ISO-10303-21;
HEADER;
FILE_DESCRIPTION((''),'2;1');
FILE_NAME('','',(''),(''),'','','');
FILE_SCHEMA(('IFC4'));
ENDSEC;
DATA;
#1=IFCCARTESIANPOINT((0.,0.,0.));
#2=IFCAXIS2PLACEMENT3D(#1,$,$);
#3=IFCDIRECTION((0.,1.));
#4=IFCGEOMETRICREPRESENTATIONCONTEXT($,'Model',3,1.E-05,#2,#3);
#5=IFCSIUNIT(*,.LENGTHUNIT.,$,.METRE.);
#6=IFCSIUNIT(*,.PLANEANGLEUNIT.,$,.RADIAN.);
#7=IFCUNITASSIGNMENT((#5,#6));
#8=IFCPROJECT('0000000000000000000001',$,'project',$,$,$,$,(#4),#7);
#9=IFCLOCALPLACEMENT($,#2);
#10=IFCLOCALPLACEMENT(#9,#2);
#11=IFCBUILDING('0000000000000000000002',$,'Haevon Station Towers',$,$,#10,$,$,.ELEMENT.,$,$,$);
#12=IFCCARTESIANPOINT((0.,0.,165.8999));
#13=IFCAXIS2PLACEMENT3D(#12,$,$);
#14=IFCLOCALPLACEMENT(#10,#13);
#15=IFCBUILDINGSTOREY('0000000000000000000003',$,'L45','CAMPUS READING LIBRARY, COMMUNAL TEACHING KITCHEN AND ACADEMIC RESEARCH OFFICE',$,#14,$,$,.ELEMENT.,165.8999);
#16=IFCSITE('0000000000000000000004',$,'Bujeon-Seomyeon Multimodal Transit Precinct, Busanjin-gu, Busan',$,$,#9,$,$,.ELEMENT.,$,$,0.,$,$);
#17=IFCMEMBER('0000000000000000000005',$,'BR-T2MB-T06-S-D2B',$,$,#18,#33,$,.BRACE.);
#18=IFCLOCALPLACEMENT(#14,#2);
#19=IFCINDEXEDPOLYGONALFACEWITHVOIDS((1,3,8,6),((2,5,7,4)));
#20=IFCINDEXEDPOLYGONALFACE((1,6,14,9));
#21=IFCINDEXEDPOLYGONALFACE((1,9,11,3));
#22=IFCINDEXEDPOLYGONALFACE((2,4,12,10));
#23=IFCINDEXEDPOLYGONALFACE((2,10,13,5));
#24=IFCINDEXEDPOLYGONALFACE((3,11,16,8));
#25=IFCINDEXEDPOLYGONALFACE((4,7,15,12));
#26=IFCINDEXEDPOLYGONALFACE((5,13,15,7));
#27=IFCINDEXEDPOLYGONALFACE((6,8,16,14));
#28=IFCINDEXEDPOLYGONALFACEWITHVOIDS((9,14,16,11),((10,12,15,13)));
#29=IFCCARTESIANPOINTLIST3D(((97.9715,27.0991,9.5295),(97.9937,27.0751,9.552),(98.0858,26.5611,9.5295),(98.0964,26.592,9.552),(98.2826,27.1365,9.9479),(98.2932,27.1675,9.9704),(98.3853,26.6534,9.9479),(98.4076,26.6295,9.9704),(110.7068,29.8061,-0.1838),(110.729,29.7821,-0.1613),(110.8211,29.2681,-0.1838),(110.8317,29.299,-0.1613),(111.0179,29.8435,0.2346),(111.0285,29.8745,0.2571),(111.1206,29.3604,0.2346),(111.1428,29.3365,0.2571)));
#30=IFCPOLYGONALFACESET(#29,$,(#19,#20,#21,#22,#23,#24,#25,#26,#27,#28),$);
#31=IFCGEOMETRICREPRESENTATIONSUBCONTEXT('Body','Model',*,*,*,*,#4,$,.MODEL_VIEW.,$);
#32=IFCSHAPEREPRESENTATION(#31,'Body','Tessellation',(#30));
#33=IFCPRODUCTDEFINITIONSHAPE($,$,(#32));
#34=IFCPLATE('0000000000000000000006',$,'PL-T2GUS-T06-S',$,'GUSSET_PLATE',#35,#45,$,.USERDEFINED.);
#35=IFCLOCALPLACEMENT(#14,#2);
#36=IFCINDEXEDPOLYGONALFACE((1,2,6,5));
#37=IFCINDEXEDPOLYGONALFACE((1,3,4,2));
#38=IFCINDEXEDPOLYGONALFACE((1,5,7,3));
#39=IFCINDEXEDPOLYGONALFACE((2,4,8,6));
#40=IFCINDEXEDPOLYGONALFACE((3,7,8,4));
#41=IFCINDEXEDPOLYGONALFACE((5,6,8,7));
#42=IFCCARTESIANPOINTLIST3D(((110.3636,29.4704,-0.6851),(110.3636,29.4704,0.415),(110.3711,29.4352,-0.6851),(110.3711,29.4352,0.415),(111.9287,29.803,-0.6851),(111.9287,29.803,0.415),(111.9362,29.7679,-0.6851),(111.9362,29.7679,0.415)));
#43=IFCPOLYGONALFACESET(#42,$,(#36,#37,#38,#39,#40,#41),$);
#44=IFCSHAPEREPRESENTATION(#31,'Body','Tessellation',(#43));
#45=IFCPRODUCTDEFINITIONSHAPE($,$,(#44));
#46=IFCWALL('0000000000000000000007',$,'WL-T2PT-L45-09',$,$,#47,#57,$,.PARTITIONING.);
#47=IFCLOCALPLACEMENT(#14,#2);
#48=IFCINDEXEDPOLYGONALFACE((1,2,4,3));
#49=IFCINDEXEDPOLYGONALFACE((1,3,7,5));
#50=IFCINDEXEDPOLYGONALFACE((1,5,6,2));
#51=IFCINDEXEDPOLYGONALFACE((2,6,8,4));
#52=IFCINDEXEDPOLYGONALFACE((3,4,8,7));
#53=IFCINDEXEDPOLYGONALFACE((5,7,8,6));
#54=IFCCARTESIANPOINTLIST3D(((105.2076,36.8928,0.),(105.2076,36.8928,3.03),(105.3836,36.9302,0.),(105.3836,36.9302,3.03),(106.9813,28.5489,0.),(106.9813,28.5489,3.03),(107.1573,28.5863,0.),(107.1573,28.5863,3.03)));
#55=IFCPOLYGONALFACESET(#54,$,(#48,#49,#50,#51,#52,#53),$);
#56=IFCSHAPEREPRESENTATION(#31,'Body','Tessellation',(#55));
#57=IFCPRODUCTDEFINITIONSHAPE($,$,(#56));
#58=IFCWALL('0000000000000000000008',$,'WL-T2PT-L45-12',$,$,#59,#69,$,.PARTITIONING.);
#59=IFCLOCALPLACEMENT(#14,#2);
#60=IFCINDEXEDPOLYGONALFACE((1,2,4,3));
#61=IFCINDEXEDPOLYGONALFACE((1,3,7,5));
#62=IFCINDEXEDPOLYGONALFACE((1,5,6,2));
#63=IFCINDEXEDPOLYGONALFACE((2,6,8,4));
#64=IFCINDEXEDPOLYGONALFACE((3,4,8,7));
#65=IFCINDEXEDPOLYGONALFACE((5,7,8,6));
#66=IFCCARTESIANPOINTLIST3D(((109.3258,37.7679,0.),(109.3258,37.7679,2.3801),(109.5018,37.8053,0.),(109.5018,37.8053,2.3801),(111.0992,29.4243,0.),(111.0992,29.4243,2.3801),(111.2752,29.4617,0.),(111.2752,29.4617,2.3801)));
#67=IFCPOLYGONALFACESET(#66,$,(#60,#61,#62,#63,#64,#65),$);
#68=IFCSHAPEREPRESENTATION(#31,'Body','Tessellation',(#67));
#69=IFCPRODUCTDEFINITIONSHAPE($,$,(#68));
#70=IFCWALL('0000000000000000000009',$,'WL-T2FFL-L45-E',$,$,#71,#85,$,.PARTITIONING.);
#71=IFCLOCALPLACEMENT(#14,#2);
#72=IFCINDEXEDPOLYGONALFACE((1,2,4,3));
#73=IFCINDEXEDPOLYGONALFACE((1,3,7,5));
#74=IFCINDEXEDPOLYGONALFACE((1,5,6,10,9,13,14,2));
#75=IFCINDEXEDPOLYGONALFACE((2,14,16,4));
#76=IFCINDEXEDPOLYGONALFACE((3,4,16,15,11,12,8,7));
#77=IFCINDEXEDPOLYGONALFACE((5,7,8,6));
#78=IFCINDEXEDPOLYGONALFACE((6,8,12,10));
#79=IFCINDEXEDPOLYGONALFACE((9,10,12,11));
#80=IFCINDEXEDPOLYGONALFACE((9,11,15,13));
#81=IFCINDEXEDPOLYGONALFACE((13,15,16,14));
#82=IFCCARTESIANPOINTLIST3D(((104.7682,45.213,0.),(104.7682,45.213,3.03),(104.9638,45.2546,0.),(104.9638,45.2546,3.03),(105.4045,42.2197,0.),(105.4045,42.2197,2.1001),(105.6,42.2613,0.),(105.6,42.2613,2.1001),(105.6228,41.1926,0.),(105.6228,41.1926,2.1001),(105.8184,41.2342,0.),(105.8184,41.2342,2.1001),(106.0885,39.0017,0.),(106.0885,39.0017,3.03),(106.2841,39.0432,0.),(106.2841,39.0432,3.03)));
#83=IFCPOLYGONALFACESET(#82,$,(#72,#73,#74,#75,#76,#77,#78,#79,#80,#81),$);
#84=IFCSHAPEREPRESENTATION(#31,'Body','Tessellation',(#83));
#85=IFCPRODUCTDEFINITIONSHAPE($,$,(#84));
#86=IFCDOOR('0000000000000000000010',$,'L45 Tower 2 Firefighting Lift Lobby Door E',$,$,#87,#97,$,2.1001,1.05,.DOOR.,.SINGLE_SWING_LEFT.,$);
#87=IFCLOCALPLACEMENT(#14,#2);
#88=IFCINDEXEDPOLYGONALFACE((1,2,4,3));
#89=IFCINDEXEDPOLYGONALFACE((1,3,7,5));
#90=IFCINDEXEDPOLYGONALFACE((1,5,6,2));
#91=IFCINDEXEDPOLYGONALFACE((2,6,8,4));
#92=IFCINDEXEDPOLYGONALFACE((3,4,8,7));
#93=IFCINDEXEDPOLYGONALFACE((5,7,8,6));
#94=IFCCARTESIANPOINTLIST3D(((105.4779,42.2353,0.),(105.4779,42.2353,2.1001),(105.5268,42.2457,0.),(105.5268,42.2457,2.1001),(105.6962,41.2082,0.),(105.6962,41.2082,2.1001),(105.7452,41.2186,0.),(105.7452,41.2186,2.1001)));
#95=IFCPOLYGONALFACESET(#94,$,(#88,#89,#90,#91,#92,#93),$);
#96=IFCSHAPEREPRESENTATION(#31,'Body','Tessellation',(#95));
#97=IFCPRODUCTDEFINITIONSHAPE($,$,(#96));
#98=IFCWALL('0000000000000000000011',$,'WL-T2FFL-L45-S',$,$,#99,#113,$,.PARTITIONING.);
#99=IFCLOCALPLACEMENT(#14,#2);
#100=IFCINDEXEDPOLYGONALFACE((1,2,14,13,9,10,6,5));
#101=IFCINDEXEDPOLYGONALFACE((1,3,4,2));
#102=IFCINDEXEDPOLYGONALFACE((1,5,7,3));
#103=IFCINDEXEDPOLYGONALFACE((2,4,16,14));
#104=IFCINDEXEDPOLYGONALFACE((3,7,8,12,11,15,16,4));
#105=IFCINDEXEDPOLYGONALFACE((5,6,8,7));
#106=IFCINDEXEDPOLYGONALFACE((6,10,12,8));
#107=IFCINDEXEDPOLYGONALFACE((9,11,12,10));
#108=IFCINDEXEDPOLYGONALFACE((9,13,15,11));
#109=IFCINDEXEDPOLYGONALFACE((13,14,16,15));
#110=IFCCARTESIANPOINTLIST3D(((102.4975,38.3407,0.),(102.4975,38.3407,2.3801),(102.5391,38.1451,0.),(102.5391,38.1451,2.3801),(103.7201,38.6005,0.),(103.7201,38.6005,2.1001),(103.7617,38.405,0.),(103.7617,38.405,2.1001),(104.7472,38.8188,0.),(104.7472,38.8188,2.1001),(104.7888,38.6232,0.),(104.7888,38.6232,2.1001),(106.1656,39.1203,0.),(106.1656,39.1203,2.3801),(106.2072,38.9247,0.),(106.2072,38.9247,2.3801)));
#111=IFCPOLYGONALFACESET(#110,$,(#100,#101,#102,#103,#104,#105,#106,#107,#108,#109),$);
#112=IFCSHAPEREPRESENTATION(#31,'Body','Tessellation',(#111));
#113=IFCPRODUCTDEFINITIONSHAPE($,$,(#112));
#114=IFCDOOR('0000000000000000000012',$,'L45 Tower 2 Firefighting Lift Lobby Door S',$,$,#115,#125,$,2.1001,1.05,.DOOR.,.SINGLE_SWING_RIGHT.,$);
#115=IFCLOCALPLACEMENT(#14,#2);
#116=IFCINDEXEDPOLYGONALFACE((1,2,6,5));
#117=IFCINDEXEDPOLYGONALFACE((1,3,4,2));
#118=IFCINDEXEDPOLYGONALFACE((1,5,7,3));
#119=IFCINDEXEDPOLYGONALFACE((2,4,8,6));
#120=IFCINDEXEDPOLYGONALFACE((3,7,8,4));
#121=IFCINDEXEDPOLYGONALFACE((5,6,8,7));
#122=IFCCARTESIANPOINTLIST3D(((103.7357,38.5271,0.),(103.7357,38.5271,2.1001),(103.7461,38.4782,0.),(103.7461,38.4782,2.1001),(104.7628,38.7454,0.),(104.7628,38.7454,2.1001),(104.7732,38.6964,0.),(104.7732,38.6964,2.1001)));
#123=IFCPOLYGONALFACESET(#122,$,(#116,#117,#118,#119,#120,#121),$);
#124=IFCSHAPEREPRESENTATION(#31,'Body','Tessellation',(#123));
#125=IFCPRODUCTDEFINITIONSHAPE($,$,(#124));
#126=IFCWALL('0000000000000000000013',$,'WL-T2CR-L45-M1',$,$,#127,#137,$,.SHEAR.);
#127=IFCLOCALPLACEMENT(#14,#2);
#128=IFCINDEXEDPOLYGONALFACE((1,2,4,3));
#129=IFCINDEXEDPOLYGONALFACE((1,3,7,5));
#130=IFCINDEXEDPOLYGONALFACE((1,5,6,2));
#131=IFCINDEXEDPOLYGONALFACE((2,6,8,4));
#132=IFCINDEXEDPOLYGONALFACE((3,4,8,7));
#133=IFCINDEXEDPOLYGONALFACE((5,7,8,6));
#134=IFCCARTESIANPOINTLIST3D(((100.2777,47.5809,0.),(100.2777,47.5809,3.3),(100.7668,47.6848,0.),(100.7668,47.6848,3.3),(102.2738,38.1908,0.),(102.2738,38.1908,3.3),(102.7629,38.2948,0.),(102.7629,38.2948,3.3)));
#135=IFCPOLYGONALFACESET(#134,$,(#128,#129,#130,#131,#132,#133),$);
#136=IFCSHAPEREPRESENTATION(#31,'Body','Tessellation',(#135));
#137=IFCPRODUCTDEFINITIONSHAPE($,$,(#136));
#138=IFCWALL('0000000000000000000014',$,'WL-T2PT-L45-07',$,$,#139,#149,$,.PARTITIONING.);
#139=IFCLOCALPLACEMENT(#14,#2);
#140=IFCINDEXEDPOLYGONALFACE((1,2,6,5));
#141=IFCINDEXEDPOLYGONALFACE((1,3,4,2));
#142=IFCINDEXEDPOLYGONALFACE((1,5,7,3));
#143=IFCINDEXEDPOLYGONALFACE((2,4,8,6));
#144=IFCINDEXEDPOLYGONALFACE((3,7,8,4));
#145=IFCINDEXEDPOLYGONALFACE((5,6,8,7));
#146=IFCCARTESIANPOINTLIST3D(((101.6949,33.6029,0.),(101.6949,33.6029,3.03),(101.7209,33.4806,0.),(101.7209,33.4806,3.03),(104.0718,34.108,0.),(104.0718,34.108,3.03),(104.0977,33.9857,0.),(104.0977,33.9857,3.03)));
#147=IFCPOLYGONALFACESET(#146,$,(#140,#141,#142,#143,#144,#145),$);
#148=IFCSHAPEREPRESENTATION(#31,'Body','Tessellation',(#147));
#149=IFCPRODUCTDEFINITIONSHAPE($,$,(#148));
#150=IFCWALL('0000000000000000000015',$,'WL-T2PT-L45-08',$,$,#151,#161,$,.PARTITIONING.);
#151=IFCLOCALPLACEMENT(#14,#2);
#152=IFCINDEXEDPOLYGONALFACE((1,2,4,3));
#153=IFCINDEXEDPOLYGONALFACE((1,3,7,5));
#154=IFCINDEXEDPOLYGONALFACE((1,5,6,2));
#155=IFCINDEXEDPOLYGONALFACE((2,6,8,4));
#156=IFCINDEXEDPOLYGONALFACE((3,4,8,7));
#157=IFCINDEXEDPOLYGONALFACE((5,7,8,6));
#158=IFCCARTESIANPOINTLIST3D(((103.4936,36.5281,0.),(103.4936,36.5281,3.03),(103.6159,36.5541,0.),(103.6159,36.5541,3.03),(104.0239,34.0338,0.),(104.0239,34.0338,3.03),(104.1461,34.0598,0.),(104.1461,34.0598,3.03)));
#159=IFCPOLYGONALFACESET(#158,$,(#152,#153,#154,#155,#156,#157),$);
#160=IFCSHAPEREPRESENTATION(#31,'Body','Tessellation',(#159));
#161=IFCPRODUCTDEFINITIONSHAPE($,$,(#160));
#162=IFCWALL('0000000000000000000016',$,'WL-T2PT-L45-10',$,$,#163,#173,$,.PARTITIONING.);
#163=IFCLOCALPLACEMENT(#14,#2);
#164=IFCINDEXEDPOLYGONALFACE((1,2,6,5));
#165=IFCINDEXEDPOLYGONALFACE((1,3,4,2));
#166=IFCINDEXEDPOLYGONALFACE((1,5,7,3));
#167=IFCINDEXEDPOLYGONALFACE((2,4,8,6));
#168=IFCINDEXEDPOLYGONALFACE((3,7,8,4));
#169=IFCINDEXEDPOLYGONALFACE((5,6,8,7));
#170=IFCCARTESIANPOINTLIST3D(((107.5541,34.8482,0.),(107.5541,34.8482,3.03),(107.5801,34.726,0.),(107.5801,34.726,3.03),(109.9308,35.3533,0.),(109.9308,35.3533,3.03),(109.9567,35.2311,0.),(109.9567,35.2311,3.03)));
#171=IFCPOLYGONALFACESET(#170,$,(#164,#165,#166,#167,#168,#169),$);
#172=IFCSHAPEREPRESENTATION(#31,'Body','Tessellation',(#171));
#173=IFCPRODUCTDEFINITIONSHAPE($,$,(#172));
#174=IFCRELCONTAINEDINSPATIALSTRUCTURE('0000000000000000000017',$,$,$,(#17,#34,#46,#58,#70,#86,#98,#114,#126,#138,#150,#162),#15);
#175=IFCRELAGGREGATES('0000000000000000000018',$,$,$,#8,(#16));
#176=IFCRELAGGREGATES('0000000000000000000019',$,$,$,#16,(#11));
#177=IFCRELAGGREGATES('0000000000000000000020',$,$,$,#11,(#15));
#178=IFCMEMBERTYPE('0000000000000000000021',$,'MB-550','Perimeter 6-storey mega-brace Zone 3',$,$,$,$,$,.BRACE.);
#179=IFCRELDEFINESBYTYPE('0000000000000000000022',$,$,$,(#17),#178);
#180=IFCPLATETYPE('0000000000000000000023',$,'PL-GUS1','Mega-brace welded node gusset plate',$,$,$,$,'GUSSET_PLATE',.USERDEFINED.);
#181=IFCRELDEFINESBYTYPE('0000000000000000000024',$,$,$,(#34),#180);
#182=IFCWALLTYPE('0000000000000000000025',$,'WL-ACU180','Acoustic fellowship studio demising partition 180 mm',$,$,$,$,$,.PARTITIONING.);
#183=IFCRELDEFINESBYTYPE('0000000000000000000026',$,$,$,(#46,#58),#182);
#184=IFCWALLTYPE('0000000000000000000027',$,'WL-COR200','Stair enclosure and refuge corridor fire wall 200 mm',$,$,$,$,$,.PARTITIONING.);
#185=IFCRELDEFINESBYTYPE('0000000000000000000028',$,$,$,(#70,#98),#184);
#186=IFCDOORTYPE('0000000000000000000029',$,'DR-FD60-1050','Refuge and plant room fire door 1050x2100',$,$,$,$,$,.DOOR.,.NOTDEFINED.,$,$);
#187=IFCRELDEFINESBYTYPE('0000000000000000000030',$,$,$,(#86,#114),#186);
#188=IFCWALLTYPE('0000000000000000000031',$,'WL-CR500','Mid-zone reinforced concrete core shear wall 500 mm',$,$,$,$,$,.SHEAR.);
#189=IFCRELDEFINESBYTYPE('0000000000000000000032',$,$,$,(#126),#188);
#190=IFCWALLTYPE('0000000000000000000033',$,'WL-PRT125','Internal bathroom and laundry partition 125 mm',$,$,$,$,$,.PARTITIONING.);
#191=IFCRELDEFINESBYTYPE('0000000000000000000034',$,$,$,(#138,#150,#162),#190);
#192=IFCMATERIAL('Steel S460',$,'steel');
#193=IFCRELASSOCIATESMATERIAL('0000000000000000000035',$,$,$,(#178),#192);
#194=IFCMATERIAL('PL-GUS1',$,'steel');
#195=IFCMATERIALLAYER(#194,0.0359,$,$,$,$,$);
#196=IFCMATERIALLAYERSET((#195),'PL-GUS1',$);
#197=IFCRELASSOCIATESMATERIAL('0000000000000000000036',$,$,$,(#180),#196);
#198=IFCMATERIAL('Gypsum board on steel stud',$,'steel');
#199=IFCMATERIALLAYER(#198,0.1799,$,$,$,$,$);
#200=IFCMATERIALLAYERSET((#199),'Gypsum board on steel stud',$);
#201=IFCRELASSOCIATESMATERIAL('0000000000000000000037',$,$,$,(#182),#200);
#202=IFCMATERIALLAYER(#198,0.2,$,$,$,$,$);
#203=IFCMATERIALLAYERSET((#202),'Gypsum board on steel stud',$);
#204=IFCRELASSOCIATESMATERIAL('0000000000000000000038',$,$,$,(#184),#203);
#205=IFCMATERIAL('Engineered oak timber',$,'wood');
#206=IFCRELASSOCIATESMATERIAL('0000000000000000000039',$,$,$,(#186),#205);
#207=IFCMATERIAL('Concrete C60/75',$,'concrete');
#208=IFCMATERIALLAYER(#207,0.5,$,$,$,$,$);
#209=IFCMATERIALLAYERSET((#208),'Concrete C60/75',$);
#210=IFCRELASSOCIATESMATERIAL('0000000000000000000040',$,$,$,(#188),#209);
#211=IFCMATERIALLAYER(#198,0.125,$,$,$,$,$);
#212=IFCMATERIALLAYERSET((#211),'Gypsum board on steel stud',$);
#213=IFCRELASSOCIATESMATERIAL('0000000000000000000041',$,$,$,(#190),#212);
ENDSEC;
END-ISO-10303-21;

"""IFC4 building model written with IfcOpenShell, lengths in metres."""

from ifc_helpers import new_model, si_unit, direction, frame, frame_2d, origin, origin_2d, place, context, subcontext, project, spatial, rectangle, hollow_rectangle, extrude, material, layer, layer_set, material_profile, profile_set, type_object, element, fill, save


model = new_model("IFC4")

# Units and contexts
model_context = context("Model", 3, precision=1e-05, world=origin(), true_north=direction((0.0, 1.0)))
body_context = subcontext(model_context, "Body", "Model", "MODEL_VIEW")
ifc_project = project(units=[si_unit("LENGTHUNIT", "METRE"), si_unit("PLANEANGLEUNIT", "RADIAN")], contexts=[model_context])

# Site, building, storey
site_placement = place(None, origin())
site = spatial("IfcSite", under=ifc_project, at=site_placement, Name="Bujeon-Seomyeon Multimodal Transit Precinct, Busanjin-gu, Busan", CompositionType="ELEMENT", RefElevation=0.0)
building_placement = place(site_placement, origin())
building = spatial("IfcBuilding", under=site, at=building_placement, Name="Haevon Station Towers", CompositionType="ELEMENT")
storey_placement = place(building_placement, frame((0.0, 0.0, 165.8999)))
storey = spatial("IfcBuildingStorey", under=building, at=storey_placement, Name="L45", Description="CAMPUS READING LIBRARY, COMMUNAL TEACHING KITCHEN AND ACADEMIC RESEARCH OFFICE", CompositionType="ELEMENT", Elevation=165.8999)

# Member
ifc_material_1 = material(Name="Steel S460", Category="steel")
ifc_material_profile_1 = material_profile(ifc_material_1, hollow_rectangle(XDim=0.55, YDim=0.55, WallThickness=0.0281, at=origin_2d()), Name="RHS-550x550x28")
ifc_profile_set_1 = profile_set([ifc_material_profile_1], Name="Steel S460")
member_type = type_object("IfcMemberType", Name="MB-550", Description="Perimeter 6-storey mega-brace Zone 3", PredefinedType="BRACE", material=ifc_profile_set_1)
member_placement = place(storey_placement, frame((110.9248, 29.5713, 0.0366), z_axis=(-0.784004, -0.166648, 0.597968), x_axis=(0.207915, -0.978147, 0.0)))
element("IfcMember", 1, at=member_placement, inside=storey, type_object=member_type, Name="BR-T2MB-T06-S-D2B", PredefinedType="BRACE", context=body_context, shape_type="SweptSolid", body=[
    extrude(hollow_rectangle(XDim=0.55, YDim=0.55, WallThickness=0.0281, at=origin_2d()), origin(), (0.0, 0.0, 1.0), 16.2439),
])

# Plate
ifc_material_2 = material(Name="PL-GUS1", Category="steel")
ifc_layer_1 = layer(ifc_material_2, 0.0359)
ifc_layer_set_1 = layer_set([ifc_layer_1], Name="PL-GUS1")
plate_type = type_object("IfcPlateType", Name="PL-GUS1", Description="Mega-brace welded node gusset plate", ElementType="GUSSET_PLATE", PredefinedType="USERDEFINED", material=ifc_layer_set_1)
plate_placement = place(storey_placement, frame((111.1499, 29.6191, -0.6851), z_axis=(0.0, 0.0, 1.0), x_axis=(0.978148, 0.207912, 0.0)))
element("IfcPlate", 2, at=plate_placement, inside=storey, type_object=plate_type, Name="PL-T2GUS-T06-S", ObjectType="GUSSET_PLATE", PredefinedType="USERDEFINED", context=body_context, shape_type="SweptSolid", body=[
    extrude(rectangle(XDim=1.6001, YDim=0.0359, at=origin_2d()), origin(), (0.0, 0.0, 1.0), 1.1001),
])

# Walls
ifc_material_3 = material(Name="Gypsum board on steel stud", Category="steel")
ifc_layer_2 = layer(ifc_material_3, 0.1799)
ifc_layer_set_2 = layer_set([ifc_layer_2], Name="Gypsum board on steel stud")
wall_type_1 = type_object("IfcWallType", Name="WL-ACU180", Description="Acoustic fellowship studio demising partition 180 mm", PredefinedType="PARTITIONING", material=ifc_layer_set_2)
wall_1_placement = place(storey_placement, frame((107.0693, 28.5676, 0.0), z_axis=(0.0, 0.0, 1.0), x_axis=(-0.20793, 0.978144, 0.0)))
element("IfcWall", 3, at=wall_1_placement, inside=storey, type_object=wall_type_1, Name="WL-T2PT-L45-09", PredefinedType="PARTITIONING", context=body_context, shape_type="SweptSolid", body=[
    extrude(rectangle(XDim=8.5303, YDim=0.1799, at=frame_2d((4.2651, 0.0))), origin(), (0.0, 0.0, 1.0), 3.03),
])
wall_2_placement = place(storey_placement, frame((111.1873, 29.4429, 0.0), z_axis=(0.0, 0.0, 1.0), x_axis=(-0.207903, 0.97815, 0.0)))
element("IfcWall", 4, at=wall_2_placement, inside=storey, type_object=wall_type_1, Name="WL-T2PT-L45-12", PredefinedType="PARTITIONING", context=body_context, shape_type="SweptSolid", body=[
    extrude(rectangle(XDim=8.53, YDim=0.1799, at=frame_2d((4.2651, 0.0))), origin(), (0.0, 0.0, 1.0), 2.3801),
])

# Walls, openings, doors
ifc_layer_3 = layer(ifc_material_3, 0.2)
ifc_layer_set_3 = layer_set([ifc_layer_3], Name="Gypsum board on steel stud")
wall_type_2 = type_object("IfcWallType", Name="WL-COR200", Description="Stair enclosure and refuge corridor fire wall 200 mm", PredefinedType="PARTITIONING", material=ifc_layer_set_3)
wall_3_placement = place(storey_placement, frame((106.1863, 39.0225, 0.0), z_axis=(0.0, 0.0, 1.0), x_axis=(-0.207917, 0.978147, 0.0)))
wall_3 = element("IfcWall", 5, at=wall_3_placement, inside=storey, type_object=wall_type_2, Name="WL-T2FFL-L45-E", PredefinedType="PARTITIONING", context=body_context, shape_type="SweptSolid", body=[
    extrude(rectangle(XDim=6.3501, YDim=0.2, at=frame_2d((3.175, 0.0))), origin(), (0.0, 0.0, 1.0), 3.03),
])
opening_1_placement = place(wall_3_placement, frame((2.24, 0.0, 0.0)))
opening_1 = element("IfcOpeningElement", 6, at=opening_1_placement, cuts=wall_3, PredefinedType="OPENING", context=body_context, shape_type="SweptSolid", body=[
    extrude(rectangle(XDim=1.05, YDim=2.1001, at=frame_2d((0.5249, 1.05))), frame((0.0, 0.1099, 0.0), z_axis=(0.0, -1.0, 0.0), x_axis=(1.0, 0.0, 0.0)), (0.0, 0.0, 1.0), 0.22),
])
ifc_material_4 = material(Name="Engineered oak timber", Category="wood")
door_type = type_object("IfcDoorType", Name="DR-FD60-1050", Description="Refuge and plant room fire door 1050x2100", OperationType="NOTDEFINED", PredefinedType="DOOR", material=ifc_material_4)
door_1_placement = place(opening_1_placement, origin())
door_1 = element("IfcDoor", 7, at=door_1_placement, inside=storey, type_object=door_type, Name="L45 Tower 2 Firefighting Lift Lobby Door E", OperationType="SINGLE_SWING_LEFT", OverallHeight=2.1001, OverallWidth=1.05, PredefinedType="DOOR", context=body_context, shape_type="SweptSolid", body=[
    extrude(rectangle(XDim=1.05, YDim=2.1001, at=frame_2d((0.5249, 1.05))), frame((0.0, 0.0249, 0.0), z_axis=(0.0, -1.0, 0.0), x_axis=(1.0, 0.0, 0.0)), (0.0, 0.0, 1.0), 0.05),
])
fill(opening_1, door_1)
wall_4_placement = place(storey_placement, frame((102.5183, 38.2429, 0.0), z_axis=(0.0, 0.0, 1.0), x_axis=(0.978154, 0.207884, 0.0)))
wall_4 = element("IfcWall", 8, at=wall_4_placement, inside=storey, type_object=wall_type_2, Name="WL-T2FFL-L45-S", PredefinedType="PARTITIONING", context=body_context, shape_type="SweptSolid", body=[
    extrude(rectangle(XDim=3.75, YDim=0.2, at=frame_2d((1.875, 0.0))), origin(), (0.0, 0.0, 1.0), 2.3801),
])
opening_2_placement = place(wall_4_placement, frame((1.25, 0.0, 0.0)))
opening_2 = element("IfcOpeningElement", 9, at=opening_2_placement, cuts=wall_4, PredefinedType="OPENING", context=body_context, shape_type="SweptSolid", body=[
    extrude(rectangle(XDim=1.05, YDim=2.1001, at=frame_2d((0.5249, 1.05))), frame((0.0, 0.1099, 0.0), z_axis=(0.0, -1.0, 0.0), x_axis=(1.0, 0.0, 0.0)), (0.0, 0.0, 1.0), 0.22),
])
door_2_placement = place(opening_2_placement, origin())
door_2 = element("IfcDoor", 10, at=door_2_placement, inside=storey, type_object=door_type, Name="L45 Tower 2 Firefighting Lift Lobby Door S", OperationType="SINGLE_SWING_RIGHT", OverallHeight=2.1001, OverallWidth=1.05, PredefinedType="DOOR", context=body_context, shape_type="SweptSolid", body=[
    extrude(rectangle(XDim=1.05, YDim=2.1001, at=frame_2d((0.5249, 1.05))), frame((0.0, 0.0249, 0.0), z_axis=(0.0, -1.0, 0.0), x_axis=(1.0, 0.0, 0.0)), (0.0, 0.0, 1.0), 0.05),
])
fill(opening_2, door_2)

# Walls
ifc_material_5 = material(Name="Concrete C60/75", Category="concrete")
ifc_layer_4 = layer(ifc_material_5, 0.5)
ifc_layer_set_4 = layer_set([ifc_layer_4], Name="Concrete C60/75")
wall_type_3 = type_object("IfcWallType", Name="WL-CR500", Description="Mid-zone reinforced concrete core shear wall 500 mm", PredefinedType="SHEAR", material=ifc_layer_set_4)
wall_5_placement = place(storey_placement, frame((102.5183, 38.2429, 0.0), z_axis=(0.0, 0.0, 1.0), x_axis=(-0.207927, 0.978144, 0.0)))
element("IfcWall", 11, at=wall_5_placement, inside=storey, type_object=wall_type_3, Name="WL-T2CR-L45-M1", PredefinedType="SHEAR", context=body_context, shape_type="SweptSolid", body=[
    extrude(rectangle(XDim=9.5999, YDim=0.5, at=frame_2d((4.7998, 0.0))), origin(), (0.0, 0.0, 1.0), 3.3),
])
ifc_layer_5 = layer(ifc_material_3, 0.125)
ifc_layer_set_5 = layer_set([ifc_layer_5], Name="Gypsum board on steel stud")
wall_type_4 = type_object("IfcWallType", Name="WL-PRT125", Description="Internal bathroom and laundry partition 125 mm", PredefinedType="PARTITIONING", material=ifc_layer_set_5)
wall_6_placement = place(storey_placement, frame((101.708, 33.5417, 0.0), z_axis=(0.0, 0.0, 1.0), x_axis=(0.978157, 0.207868, 0.0)))
element("IfcWall", 12, at=wall_6_placement, inside=storey, type_object=wall_type_4, Name="WL-T2PT-L45-07", PredefinedType="PARTITIONING", context=body_context, shape_type="SweptSolid", body=[
    extrude(rectangle(XDim=2.4299, YDim=0.125, at=frame_2d((1.2148, 0.0))), origin(), (0.0, 0.0, 1.0), 3.03),
])
wall_7_placement = place(storey_placement, frame((104.085, 34.0469, 0.0), z_axis=(0.0, 0.0, 1.0), x_axis=(-0.20794, 0.978142, 0.0)))
element("IfcWall", 13, at=wall_7_placement, inside=storey, type_object=wall_type_4, Name="WL-T2PT-L45-08", PredefinedType="PARTITIONING", context=body_context, shape_type="SweptSolid", body=[
    extrude(rectangle(XDim=2.55, YDim=0.125, at=frame_2d((1.2749, 0.0))), origin(), (0.0, 0.0, 1.0), 3.03),
])
wall_8_placement = place(storey_placement, frame((107.5671, 34.7871, 0.0), z_axis=(0.0, 0.0, 1.0), x_axis=(0.978152, 0.207889, 0.0)))
element("IfcWall", 14, at=wall_8_placement, inside=storey, type_object=wall_type_4, Name="WL-T2PT-L45-10", PredefinedType="PARTITIONING", context=body_context, shape_type="SweptSolid", body=[
    extrude(rectangle(XDim=2.4297, YDim=0.125, at=frame_2d((1.2148, 0.0))), origin(), (0.0, 0.0, 1.0), 3.03),
])

save(model, "model.ifc")
